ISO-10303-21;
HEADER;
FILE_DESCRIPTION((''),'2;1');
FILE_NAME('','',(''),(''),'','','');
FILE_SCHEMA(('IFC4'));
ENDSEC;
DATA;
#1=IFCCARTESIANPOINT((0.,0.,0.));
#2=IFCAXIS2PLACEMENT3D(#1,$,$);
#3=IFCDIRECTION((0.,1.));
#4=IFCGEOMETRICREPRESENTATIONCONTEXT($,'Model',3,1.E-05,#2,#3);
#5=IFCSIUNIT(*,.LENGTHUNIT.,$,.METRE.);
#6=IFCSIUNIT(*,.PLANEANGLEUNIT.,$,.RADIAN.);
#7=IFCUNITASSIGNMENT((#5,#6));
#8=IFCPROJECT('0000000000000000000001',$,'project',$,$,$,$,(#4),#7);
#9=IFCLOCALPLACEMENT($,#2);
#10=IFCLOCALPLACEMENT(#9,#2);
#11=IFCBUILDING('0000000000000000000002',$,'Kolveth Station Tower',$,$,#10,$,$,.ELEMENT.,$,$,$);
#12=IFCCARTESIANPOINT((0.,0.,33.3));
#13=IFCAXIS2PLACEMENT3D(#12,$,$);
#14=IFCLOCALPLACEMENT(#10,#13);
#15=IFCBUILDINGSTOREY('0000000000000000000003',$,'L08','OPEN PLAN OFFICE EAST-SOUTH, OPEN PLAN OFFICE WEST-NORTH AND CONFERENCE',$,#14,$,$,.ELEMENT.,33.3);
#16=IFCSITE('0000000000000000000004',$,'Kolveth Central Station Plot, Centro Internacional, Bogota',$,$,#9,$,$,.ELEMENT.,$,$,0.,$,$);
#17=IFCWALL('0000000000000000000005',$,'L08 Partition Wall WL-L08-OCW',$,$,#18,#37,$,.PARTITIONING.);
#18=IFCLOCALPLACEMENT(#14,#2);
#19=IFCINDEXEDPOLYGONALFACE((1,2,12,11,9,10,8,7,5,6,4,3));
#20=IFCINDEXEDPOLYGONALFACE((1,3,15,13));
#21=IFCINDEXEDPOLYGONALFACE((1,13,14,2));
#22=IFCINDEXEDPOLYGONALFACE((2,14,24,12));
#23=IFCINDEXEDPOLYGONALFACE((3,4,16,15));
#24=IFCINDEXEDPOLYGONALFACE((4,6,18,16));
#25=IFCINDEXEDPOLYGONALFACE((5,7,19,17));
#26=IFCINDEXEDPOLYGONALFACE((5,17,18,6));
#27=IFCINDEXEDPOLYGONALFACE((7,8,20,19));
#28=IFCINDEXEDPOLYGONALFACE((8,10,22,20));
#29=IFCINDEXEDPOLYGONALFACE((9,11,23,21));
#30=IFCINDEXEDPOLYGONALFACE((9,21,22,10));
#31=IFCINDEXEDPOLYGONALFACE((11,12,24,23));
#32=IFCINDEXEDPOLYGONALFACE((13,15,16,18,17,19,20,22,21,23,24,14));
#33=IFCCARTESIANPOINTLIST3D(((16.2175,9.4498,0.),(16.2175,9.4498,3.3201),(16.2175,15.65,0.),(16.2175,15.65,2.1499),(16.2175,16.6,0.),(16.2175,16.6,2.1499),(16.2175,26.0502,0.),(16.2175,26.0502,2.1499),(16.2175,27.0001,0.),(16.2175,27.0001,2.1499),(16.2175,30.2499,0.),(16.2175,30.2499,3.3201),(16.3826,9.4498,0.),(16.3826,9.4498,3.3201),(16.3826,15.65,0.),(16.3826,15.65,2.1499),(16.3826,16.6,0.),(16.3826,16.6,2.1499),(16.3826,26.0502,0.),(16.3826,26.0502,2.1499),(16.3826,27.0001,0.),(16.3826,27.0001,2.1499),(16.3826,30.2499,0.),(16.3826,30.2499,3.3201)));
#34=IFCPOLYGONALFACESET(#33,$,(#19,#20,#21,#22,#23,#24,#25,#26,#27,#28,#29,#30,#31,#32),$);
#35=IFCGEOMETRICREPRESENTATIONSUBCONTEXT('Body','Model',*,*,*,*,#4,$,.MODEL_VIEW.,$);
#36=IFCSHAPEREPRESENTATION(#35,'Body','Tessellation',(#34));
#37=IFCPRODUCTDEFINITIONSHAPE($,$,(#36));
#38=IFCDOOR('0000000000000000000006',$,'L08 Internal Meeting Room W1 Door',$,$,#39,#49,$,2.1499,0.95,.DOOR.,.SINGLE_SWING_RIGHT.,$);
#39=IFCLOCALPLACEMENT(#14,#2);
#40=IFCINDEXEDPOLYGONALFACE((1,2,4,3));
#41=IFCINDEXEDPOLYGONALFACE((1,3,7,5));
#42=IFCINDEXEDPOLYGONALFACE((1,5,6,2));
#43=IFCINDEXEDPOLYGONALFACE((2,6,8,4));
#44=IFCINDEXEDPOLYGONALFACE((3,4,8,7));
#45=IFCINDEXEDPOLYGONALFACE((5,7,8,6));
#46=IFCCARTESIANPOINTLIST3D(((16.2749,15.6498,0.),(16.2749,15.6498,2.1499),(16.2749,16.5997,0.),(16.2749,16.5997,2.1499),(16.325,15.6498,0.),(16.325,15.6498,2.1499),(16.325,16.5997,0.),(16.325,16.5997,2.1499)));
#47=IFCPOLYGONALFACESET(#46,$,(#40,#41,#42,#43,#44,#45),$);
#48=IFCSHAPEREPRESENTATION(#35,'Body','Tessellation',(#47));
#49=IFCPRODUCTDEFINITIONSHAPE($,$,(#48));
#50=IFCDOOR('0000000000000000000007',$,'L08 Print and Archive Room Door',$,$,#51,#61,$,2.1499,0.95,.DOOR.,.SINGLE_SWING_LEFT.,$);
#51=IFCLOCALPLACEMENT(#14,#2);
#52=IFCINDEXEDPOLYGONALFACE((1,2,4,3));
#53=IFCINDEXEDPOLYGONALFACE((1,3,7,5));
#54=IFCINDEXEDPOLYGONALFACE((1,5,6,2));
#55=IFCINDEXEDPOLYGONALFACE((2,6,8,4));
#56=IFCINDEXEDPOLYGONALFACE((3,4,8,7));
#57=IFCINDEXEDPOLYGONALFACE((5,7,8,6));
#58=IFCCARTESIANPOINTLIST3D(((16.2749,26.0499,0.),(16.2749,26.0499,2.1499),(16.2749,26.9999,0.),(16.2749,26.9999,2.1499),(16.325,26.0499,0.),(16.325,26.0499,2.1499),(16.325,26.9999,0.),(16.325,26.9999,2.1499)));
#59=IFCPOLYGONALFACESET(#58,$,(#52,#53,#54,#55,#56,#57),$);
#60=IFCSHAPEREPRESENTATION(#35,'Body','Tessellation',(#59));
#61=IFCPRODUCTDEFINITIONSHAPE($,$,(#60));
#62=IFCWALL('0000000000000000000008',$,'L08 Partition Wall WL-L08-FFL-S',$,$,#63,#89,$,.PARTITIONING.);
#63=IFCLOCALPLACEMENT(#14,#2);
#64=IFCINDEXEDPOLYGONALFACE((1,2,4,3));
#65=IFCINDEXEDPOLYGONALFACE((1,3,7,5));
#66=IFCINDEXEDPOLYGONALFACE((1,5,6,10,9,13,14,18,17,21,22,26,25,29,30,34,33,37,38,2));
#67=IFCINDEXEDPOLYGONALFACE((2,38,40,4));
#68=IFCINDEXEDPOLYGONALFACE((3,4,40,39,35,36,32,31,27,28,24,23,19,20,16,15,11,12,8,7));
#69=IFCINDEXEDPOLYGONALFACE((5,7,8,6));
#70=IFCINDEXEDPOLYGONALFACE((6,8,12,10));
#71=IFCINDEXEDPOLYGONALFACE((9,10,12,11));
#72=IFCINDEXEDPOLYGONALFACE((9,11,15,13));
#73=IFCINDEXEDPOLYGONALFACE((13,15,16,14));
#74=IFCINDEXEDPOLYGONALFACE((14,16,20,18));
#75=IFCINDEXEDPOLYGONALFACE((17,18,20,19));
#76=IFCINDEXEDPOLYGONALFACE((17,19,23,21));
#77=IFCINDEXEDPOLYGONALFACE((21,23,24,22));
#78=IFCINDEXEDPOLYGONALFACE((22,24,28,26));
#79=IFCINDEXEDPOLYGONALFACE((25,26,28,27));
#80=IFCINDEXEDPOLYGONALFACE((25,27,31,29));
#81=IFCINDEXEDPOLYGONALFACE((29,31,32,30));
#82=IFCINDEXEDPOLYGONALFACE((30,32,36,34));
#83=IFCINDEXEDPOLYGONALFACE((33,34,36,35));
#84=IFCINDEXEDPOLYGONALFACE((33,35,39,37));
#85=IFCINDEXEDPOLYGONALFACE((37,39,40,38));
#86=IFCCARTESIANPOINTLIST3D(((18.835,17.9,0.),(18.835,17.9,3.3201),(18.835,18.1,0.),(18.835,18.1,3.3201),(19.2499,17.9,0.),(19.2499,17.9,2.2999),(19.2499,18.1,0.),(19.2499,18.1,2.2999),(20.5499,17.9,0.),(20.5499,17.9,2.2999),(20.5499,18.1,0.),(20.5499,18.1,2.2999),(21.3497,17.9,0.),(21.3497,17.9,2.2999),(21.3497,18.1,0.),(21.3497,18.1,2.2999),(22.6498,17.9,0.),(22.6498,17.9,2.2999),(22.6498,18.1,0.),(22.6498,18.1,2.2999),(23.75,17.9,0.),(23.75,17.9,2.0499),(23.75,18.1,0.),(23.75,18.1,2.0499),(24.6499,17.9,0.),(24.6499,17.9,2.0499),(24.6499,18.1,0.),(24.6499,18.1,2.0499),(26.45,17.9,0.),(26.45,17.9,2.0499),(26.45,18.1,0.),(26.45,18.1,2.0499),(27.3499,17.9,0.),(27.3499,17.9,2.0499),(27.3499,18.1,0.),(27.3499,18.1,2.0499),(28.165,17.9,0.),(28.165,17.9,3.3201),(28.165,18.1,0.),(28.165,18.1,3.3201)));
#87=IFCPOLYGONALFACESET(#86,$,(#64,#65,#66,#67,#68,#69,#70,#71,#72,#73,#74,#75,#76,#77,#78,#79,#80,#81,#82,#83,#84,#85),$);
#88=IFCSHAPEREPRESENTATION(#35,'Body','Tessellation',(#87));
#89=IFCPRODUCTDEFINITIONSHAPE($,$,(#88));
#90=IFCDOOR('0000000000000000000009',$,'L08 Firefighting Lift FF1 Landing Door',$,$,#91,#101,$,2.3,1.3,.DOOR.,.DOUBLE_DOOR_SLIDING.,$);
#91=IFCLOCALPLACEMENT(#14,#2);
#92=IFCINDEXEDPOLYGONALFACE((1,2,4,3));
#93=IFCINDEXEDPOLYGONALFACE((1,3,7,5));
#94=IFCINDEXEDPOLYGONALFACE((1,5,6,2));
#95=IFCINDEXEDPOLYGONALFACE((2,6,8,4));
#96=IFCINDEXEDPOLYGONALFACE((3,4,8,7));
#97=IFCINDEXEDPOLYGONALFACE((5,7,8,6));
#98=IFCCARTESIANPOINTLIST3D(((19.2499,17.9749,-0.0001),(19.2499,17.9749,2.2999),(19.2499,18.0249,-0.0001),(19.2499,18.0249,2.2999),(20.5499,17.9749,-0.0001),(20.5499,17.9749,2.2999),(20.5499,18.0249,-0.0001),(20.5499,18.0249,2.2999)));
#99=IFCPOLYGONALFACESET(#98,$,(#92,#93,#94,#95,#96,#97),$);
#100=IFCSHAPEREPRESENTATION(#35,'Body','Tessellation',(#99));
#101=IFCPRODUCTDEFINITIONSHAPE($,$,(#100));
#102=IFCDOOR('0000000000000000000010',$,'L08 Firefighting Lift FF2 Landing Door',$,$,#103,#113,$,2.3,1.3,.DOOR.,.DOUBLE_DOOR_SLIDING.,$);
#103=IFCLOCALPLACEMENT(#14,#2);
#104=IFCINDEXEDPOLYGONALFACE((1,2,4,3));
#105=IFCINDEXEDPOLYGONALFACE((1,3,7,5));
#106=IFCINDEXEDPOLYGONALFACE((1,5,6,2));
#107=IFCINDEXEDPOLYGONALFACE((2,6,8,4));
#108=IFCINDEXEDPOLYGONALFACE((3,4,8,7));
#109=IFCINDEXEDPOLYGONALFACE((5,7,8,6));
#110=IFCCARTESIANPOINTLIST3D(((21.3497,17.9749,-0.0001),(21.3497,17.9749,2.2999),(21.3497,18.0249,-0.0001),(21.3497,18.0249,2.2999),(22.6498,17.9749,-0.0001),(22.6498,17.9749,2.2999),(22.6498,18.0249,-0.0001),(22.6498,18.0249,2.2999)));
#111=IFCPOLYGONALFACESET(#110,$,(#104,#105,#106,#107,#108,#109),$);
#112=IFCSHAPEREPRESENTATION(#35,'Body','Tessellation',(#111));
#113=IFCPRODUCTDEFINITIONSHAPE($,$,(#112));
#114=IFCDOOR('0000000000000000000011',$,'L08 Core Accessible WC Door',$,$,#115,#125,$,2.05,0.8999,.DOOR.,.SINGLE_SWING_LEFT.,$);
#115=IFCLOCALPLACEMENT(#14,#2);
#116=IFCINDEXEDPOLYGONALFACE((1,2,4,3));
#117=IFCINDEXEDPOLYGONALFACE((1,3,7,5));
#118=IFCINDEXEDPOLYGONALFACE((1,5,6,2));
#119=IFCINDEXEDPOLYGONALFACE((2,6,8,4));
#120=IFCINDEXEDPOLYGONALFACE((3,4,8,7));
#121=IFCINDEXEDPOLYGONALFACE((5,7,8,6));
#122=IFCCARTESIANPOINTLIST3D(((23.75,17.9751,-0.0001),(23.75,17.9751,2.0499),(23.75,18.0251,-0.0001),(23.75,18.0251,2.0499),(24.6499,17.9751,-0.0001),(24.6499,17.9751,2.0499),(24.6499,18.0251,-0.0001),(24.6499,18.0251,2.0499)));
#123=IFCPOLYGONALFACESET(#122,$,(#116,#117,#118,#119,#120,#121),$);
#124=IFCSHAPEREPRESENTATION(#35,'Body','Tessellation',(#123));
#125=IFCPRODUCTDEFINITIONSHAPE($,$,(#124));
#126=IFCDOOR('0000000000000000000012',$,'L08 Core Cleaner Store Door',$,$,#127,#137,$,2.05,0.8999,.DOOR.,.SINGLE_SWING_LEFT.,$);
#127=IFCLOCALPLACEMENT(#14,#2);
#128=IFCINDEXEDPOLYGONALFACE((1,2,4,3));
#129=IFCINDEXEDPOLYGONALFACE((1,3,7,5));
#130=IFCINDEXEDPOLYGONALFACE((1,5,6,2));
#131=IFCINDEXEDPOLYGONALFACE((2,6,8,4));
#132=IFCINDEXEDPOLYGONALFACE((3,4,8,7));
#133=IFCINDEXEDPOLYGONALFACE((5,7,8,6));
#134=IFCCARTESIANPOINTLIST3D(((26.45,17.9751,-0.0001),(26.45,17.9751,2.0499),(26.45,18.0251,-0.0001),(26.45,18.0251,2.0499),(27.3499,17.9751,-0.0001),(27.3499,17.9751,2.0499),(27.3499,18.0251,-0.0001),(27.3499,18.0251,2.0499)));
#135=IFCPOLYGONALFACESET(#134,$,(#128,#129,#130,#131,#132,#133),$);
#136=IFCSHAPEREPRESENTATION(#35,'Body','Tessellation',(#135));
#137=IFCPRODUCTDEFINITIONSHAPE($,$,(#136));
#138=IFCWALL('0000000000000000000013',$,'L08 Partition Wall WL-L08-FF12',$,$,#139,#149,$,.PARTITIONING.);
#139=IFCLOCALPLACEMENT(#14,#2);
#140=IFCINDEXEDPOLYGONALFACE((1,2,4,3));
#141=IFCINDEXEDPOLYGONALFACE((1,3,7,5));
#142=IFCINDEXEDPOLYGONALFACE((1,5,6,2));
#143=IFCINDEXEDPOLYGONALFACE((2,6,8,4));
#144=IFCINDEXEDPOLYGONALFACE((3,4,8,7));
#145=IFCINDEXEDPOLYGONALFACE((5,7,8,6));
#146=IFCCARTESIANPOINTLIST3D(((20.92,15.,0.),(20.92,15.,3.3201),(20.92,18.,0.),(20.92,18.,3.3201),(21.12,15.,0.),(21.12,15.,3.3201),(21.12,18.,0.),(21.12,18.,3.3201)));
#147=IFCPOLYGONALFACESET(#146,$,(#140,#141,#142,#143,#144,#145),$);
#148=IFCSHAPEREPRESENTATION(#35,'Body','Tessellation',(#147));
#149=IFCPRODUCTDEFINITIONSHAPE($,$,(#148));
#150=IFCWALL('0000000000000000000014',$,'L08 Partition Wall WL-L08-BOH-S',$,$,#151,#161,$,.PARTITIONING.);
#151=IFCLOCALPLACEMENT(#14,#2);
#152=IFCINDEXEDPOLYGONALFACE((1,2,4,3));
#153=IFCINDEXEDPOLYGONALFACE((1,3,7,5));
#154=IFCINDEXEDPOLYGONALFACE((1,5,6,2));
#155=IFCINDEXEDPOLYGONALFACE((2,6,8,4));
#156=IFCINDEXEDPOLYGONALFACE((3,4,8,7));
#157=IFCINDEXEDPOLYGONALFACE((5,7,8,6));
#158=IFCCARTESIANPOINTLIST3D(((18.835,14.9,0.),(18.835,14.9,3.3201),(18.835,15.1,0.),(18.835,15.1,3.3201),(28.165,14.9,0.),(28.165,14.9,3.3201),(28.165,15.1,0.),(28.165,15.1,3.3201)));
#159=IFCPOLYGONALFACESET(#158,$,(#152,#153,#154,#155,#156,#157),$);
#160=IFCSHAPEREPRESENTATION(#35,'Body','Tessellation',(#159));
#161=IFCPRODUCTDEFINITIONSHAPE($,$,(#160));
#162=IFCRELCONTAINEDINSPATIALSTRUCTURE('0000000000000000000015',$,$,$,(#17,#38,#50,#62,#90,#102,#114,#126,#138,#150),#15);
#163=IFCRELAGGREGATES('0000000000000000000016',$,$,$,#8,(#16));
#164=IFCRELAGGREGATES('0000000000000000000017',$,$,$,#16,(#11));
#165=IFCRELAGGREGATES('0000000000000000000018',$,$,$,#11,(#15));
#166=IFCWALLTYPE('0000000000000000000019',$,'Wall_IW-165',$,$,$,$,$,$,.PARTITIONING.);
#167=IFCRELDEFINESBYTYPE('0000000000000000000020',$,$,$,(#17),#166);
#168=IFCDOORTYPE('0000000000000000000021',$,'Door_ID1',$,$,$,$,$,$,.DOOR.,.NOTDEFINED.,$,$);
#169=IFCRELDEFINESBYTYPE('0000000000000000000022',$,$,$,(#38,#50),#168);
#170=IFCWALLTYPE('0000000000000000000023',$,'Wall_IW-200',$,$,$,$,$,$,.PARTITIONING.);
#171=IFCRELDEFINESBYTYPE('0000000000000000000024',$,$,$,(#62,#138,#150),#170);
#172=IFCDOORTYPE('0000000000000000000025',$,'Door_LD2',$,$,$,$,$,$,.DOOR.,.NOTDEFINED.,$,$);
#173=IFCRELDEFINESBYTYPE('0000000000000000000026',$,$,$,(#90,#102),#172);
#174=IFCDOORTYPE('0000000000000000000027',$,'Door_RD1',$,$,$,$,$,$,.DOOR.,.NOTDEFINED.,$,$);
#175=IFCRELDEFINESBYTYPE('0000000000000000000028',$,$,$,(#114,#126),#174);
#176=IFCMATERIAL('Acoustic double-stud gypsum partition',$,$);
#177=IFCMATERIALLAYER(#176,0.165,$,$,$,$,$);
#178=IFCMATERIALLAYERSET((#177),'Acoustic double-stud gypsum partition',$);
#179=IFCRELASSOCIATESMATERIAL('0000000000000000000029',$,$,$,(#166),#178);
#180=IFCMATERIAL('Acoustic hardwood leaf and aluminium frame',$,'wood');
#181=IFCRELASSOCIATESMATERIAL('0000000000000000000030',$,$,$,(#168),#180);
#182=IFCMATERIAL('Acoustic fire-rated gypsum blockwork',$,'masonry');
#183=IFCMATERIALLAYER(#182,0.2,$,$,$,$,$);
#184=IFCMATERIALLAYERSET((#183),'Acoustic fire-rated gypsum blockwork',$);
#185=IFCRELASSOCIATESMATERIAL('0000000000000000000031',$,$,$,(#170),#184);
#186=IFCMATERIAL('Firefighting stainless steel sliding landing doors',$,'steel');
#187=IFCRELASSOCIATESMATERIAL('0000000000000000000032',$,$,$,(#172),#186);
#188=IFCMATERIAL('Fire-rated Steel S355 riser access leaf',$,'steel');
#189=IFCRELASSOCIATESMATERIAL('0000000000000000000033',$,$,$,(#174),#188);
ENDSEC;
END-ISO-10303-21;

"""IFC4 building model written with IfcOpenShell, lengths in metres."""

from ifc_helpers import new_model, si_unit, direction, frame, frame_2d, origin, place, context, subcontext, project, spatial, rectangle, extrude, material, layer, layer_set, type_object, element, fill, save


model = new_model("IFC4")

# Units and contexts
model_context = context("Model", 3, precision=1e-05, world=origin(), true_north=direction((0.0, 1.0)))
body_context = subcontext(model_context, "Body", "Model", "MODEL_VIEW")
ifc_project = project(units=[si_unit("LENGTHUNIT", "METRE"), si_unit("PLANEANGLEUNIT", "RADIAN")], contexts=[model_context])

# Site, building, storey
site_placement = place(None, origin())
site = spatial("IfcSite", under=ifc_project, at=site_placement, Name="Kolveth Central Station Plot, Centro Internacional, Bogota", CompositionType="ELEMENT", RefElevation=0.0)
building_placement = place(site_placement, origin())
building = spatial("IfcBuilding", under=site, at=building_placement, Name="Kolveth Station Tower", CompositionType="ELEMENT")
storey_placement = place(building_placement, frame((0.0, 0.0, 33.3)))
storey = spatial("IfcBuildingStorey", under=building, at=storey_placement, Name="L08", Description="OPEN PLAN OFFICE EAST-SOUTH, OPEN PLAN OFFICE WEST-NORTH AND CONFERENCE", CompositionType="ELEMENT", Elevation=33.3)

# Walls, openings, doors
ifc_material_1 = material(Name="Acoustic double-stud gypsum partition")
ifc_layer_1 = layer(ifc_material_1, 0.165)
ifc_layer_set_1 = layer_set([ifc_layer_1], Name="Acoustic double-stud gypsum partition")
wall_type_1 = type_object("IfcWallType", Name="Wall_IW-165", PredefinedType="PARTITIONING", material=ifc_layer_set_1)
wall_1_placement = place(storey_placement, frame((16.3, 9.45, 0.0), z_axis=(0.0, 0.0, 1.0), x_axis=(0.0, 1.0, 0.0)))
wall_1 = element("IfcWall", 1, at=wall_1_placement, inside=storey, type_object=wall_type_1, Name="L08 Partition Wall WL-L08-OCW", PredefinedType="PARTITIONING", context=body_context, shape_type="SweptSolid", body=[
    extrude(rectangle(XDim=20.8, YDim=0.165, at=frame_2d((10.3999, 0.0))), origin(), (0.0, 0.0, 1.0), 3.3201),
])
opening_1_placement = place(wall_1_placement, frame((6.2, 0.0, 0.0)))
opening_1 = element("IfcOpeningElement", 2, at=opening_1_placement, cuts=wall_1, PredefinedType="OPENING", context=body_context, shape_type="SweptSolid", body=[
    extrude(rectangle(XDim=0.95, YDim=2.1499, at=frame_2d((0.4751, 1.075))), frame((0.0, 0.0925, 0.0), z_axis=(0.0, -1.0, 0.0), x_axis=(1.0, 0.0, 0.0)), (0.0, 0.0, 1.0), 0.1851),
])
opening_2_placement = place(wall_1_placement, frame((16.6001, 0.0, 0.0)))
opening_2 = element("IfcOpeningElement", 3, at=opening_2_placement, cuts=wall_1, PredefinedType="OPENING", context=body_context, shape_type="SweptSolid", body=[
    extrude(rectangle(XDim=0.95, YDim=2.1499, at=frame_2d((0.4751, 1.075))), frame((0.0, 0.0925, 0.0), z_axis=(0.0, -1.0, 0.0), x_axis=(1.0, 0.0, 0.0)), (0.0, 0.0, 1.0), 0.1851),
])
ifc_material_2 = material(Name="Acoustic hardwood leaf and aluminium frame", Category="wood")
door_type_1 = type_object("IfcDoorType", Name="Door_ID1", OperationType="NOTDEFINED", PredefinedType="DOOR", material=ifc_material_2)
door_1_placement = place(opening_1_placement, frame((0.95, 0.0, 0.0), z_axis=(0.0, 0.0, 1.0), x_axis=(-1.0, 0.0, 0.0)))
door_1 = element("IfcDoor", 4, at=door_1_placement, inside=storey, type_object=door_type_1, Name="L08 Internal Meeting Room W1 Door", OperationType="SINGLE_SWING_RIGHT", OverallHeight=2.1499, OverallWidth=0.95, PredefinedType="DOOR", context=body_context, shape_type="SweptSolid", body=[
    extrude(rectangle(XDim=0.95, YDim=2.1499, at=frame_2d((0.4751, 1.075))), frame((0.0, 0.0249, 0.0), z_axis=(0.0, -1.0, 0.0), x_axis=(1.0, 0.0, 0.0)), (0.0, 0.0, 1.0), 0.05),
])
fill(opening_1, door_1)
door_2_placement = place(opening_2_placement, frame((0.95, 0.0, 0.0), z_axis=(0.0, 0.0, 1.0), x_axis=(-1.0, 0.0, 0.0)))
door_2 = element("IfcDoor", 5, at=door_2_placement, inside=storey, type_object=door_type_1, Name="L08 Print and Archive Room Door", OperationType="SINGLE_SWING_LEFT", OverallHeight=2.1499, OverallWidth=0.95, PredefinedType="DOOR", context=body_context, shape_type="SweptSolid", body=[
    extrude(rectangle(XDim=0.95, YDim=2.1499, at=frame_2d((0.4751, 1.075))), frame((0.0, 0.0249, 0.0), z_axis=(0.0, -1.0, 0.0), x_axis=(1.0, 0.0, 0.0)), (0.0, 0.0, 1.0), 0.05),
])
fill(opening_2, door_2)
ifc_material_3 = material(Name="Acoustic fire-rated gypsum blockwork", Category="masonry")
ifc_layer_2 = layer(ifc_material_3, 0.2)
ifc_layer_set_2 = layer_set([ifc_layer_2], Name="Acoustic fire-rated gypsum blockwork")
wall_type_2 = type_object("IfcWallType", Name="Wall_IW-200", PredefinedType="PARTITIONING", material=ifc_layer_set_2)
wall_2_placement = place(storey_placement, frame((18.835, 18.0, 0.0), z_axis=(0.0, 0.0, 1.0), x_axis=(1.0, 0.0, 0.0)))
wall_2 = element("IfcWall", 6, at=wall_2_placement, inside=storey, type_object=wall_type_2, Name="L08 Partition Wall WL-L08-FFL-S", PredefinedType="PARTITIONING", context=body_context, shape_type="SweptSolid", body=[
    extrude(rectangle(XDim=9.3301, YDim=0.2, at=frame_2d((4.665, 0.0))), origin(), (0.0, 0.0, 1.0), 3.3201),
])
opening_3_placement = place(wall_2_placement, frame((0.415, 0.0, 0.0)))
opening_3 = element("IfcOpeningElement", 7, at=opening_3_placement, cuts=wall_2, PredefinedType="OPENING", context=body_context, shape_type="SweptSolid", body=[
    extrude(rectangle(XDim=1.3, YDim=2.3, at=frame_2d((0.6499, 1.1499))), frame((0.0, 0.1099, 0.0), z_axis=(0.0, -1.0, 0.0), x_axis=(1.0, 0.0, 0.0)), (0.0, 0.0, 1.0), 0.22),
])
opening_4_placement = place(wall_2_placement, frame((2.5149, 0.0, 0.0)))
opening_4 = element("IfcOpeningElement", 8, at=opening_4_placement, cuts=wall_2, PredefinedType="OPENING", context=body_context, shape_type="SweptSolid", body=[
    extrude(rectangle(XDim=1.3, YDim=2.3, at=frame_2d((0.6499, 1.1499))), frame((0.0, 0.1099, 0.0), z_axis=(0.0, -1.0, 0.0), x_axis=(1.0, 0.0, 0.0)), (0.0, 0.0, 1.0), 0.22),
])
opening_5_placement = place(wall_2_placement, frame((4.915, 0.0, 0.0)))
opening_5 = element("IfcOpeningElement", 9, at=opening_5_placement, cuts=wall_2, PredefinedType="OPENING", context=body_context, shape_type="SweptSolid", body=[
    extrude(rectangle(XDim=0.8999, YDim=2.05, at=frame_2d((0.45, 1.0249))), frame((0.0, 0.1099, 0.0), z_axis=(0.0, -1.0, 0.0), x_axis=(1.0, 0.0, 0.0)), (0.0, 0.0, 1.0), 0.22),
])
opening_6_placement = place(wall_2_placement, frame((7.615, 0.0, 0.0)))
opening_6 = element("IfcOpeningElement", 10, at=opening_6_placement, cuts=wall_2, PredefinedType="OPENING", context=body_context, shape_type="SweptSolid", body=[
    extrude(rectangle(XDim=0.8999, YDim=2.05, at=frame_2d((0.45, 1.0249))), frame((0.0, 0.1099, 0.0), z_axis=(0.0, -1.0, 0.0), x_axis=(1.0, 0.0, 0.0)), (0.0, 0.0, 1.0), 0.22),
])
ifc_material_4 = material(Name="Firefighting stainless steel sliding landing doors", Category="steel")
door_type_2 = type_object("IfcDoorType", Name="Door_LD2", OperationType="NOTDEFINED", PredefinedType="DOOR", material=ifc_material_4)
door_3_placement = place(opening_3_placement, origin())
door_3 = element("IfcDoor", 11, at=door_3_placement, inside=storey, type_object=door_type_2, Name="L08 Firefighting Lift FF1 Landing Door", OperationType="DOUBLE_DOOR_SLIDING", OverallHeight=2.3, OverallWidth=1.3, PredefinedType="DOOR", context=body_context, shape_type="SweptSolid", body=[
    extrude(rectangle(XDim=1.3, YDim=2.3, at=frame_2d((0.6499, 1.1499))), frame((0.0, 0.0249, 0.0), z_axis=(0.0, -1.0, 0.0), x_axis=(1.0, 0.0, 0.0)), (0.0, 0.0, 1.0), 0.05),
])
fill(opening_3, door_3)
door_4_placement = place(opening_4_placement, origin())
door_4 = element("IfcDoor", 12, at=door_4_placement, inside=storey, type_object=door_type_2, Name="L08 Firefighting Lift FF2 Landing Door", OperationType="DOUBLE_DOOR_SLIDING", OverallHeight=2.3, OverallWidth=1.3, PredefinedType="DOOR", context=body_context, shape_type="SweptSolid", body=[
    extrude(rectangle(XDim=1.3, YDim=2.3, at=frame_2d((0.6499, 1.1499))), frame((0.0, 0.0249, 0.0), z_axis=(0.0, -1.0, 0.0), x_axis=(1.0, 0.0, 0.0)), (0.0, 0.0, 1.0), 0.05),
])
fill(opening_4, door_4)
ifc_material_5 = material(Name="Fire-rated Steel S355 riser access leaf", Category="steel")
door_type_3 = type_object("IfcDoorType", Name="Door_RD1", OperationType="NOTDEFINED", PredefinedType="DOOR", material=ifc_material_5)
door_5_placement = place(opening_5_placement, frame((0.8999, 0.0, 0.0), z_axis=(0.0, 0.0, 1.0), x_axis=(-1.0, 0.0, 0.0)))
door_5 = element("IfcDoor", 13, at=door_5_placement, inside=storey, type_object=door_type_3, Name="L08 Core Accessible WC Door", OperationType="SINGLE_SWING_LEFT", OverallHeight=2.05, OverallWidth=0.8999, PredefinedType="DOOR", context=body_context, shape_type="SweptSolid", body=[
    extrude(rectangle(XDim=0.8999, YDim=2.05, at=frame_2d((0.45, 1.0249))), frame((0.0, 0.0249, 0.0), z_axis=(0.0, -1.0, 0.0), x_axis=(1.0, 0.0, 0.0)), (0.0, 0.0, 1.0), 0.05),
])
fill(opening_5, door_5)
door_6_placement = place(opening_6_placement, frame((0.8999, 0.0, 0.0), z_axis=(0.0, 0.0, 1.0), x_axis=(-1.0, 0.0, 0.0)))
door_6 = element("IfcDoor", 14, at=door_6_placement, inside=storey, type_object=door_type_3, Name="L08 Core Cleaner Store Door", OperationType="SINGLE_SWING_LEFT", OverallHeight=2.05, OverallWidth=0.8999, PredefinedType="DOOR", context=body_context, shape_type="SweptSolid", body=[
    extrude(rectangle(XDim=0.8999, YDim=2.05, at=frame_2d((0.45, 1.0249))), frame((0.0, 0.0249, 0.0), z_axis=(0.0, -1.0, 0.0), x_axis=(1.0, 0.0, 0.0)), (0.0, 0.0, 1.0), 0.05),
])
fill(opening_6, door_6)

# Walls
wall_3_placement = place(storey_placement, frame((21.02, 15.0, 0.0), z_axis=(0.0, 0.0, 1.0), x_axis=(0.0, 1.0, 0.0)))
element("IfcWall", 15, at=wall_3_placement, inside=storey, type_object=wall_type_2, Name="L08 Partition Wall WL-L08-FF12", PredefinedType="PARTITIONING", context=body_context, shape_type="SweptSolid", body=[
    extrude(rectangle(XDim=3.0, YDim=0.2, at=frame_2d((1.5, 0.0))), origin(), (0.0, 0.0, 1.0), 3.3201),
])
wall_4_placement = place(storey_placement, frame((18.835, 15.0, 0.0), z_axis=(0.0, 0.0, 1.0), x_axis=(1.0, 0.0, 0.0)))
element("IfcWall", 16, at=wall_4_placement, inside=storey, type_object=wall_type_2, Name="L08 Partition Wall WL-L08-BOH-S", PredefinedType="PARTITIONING", context=body_context, shape_type="SweptSolid", body=[
    extrude(rectangle(XDim=9.3301, YDim=0.2, at=frame_2d((4.665, 0.0))), origin(), (0.0, 0.0, 1.0), 3.3201),
])

save(model, "model.ifc")
